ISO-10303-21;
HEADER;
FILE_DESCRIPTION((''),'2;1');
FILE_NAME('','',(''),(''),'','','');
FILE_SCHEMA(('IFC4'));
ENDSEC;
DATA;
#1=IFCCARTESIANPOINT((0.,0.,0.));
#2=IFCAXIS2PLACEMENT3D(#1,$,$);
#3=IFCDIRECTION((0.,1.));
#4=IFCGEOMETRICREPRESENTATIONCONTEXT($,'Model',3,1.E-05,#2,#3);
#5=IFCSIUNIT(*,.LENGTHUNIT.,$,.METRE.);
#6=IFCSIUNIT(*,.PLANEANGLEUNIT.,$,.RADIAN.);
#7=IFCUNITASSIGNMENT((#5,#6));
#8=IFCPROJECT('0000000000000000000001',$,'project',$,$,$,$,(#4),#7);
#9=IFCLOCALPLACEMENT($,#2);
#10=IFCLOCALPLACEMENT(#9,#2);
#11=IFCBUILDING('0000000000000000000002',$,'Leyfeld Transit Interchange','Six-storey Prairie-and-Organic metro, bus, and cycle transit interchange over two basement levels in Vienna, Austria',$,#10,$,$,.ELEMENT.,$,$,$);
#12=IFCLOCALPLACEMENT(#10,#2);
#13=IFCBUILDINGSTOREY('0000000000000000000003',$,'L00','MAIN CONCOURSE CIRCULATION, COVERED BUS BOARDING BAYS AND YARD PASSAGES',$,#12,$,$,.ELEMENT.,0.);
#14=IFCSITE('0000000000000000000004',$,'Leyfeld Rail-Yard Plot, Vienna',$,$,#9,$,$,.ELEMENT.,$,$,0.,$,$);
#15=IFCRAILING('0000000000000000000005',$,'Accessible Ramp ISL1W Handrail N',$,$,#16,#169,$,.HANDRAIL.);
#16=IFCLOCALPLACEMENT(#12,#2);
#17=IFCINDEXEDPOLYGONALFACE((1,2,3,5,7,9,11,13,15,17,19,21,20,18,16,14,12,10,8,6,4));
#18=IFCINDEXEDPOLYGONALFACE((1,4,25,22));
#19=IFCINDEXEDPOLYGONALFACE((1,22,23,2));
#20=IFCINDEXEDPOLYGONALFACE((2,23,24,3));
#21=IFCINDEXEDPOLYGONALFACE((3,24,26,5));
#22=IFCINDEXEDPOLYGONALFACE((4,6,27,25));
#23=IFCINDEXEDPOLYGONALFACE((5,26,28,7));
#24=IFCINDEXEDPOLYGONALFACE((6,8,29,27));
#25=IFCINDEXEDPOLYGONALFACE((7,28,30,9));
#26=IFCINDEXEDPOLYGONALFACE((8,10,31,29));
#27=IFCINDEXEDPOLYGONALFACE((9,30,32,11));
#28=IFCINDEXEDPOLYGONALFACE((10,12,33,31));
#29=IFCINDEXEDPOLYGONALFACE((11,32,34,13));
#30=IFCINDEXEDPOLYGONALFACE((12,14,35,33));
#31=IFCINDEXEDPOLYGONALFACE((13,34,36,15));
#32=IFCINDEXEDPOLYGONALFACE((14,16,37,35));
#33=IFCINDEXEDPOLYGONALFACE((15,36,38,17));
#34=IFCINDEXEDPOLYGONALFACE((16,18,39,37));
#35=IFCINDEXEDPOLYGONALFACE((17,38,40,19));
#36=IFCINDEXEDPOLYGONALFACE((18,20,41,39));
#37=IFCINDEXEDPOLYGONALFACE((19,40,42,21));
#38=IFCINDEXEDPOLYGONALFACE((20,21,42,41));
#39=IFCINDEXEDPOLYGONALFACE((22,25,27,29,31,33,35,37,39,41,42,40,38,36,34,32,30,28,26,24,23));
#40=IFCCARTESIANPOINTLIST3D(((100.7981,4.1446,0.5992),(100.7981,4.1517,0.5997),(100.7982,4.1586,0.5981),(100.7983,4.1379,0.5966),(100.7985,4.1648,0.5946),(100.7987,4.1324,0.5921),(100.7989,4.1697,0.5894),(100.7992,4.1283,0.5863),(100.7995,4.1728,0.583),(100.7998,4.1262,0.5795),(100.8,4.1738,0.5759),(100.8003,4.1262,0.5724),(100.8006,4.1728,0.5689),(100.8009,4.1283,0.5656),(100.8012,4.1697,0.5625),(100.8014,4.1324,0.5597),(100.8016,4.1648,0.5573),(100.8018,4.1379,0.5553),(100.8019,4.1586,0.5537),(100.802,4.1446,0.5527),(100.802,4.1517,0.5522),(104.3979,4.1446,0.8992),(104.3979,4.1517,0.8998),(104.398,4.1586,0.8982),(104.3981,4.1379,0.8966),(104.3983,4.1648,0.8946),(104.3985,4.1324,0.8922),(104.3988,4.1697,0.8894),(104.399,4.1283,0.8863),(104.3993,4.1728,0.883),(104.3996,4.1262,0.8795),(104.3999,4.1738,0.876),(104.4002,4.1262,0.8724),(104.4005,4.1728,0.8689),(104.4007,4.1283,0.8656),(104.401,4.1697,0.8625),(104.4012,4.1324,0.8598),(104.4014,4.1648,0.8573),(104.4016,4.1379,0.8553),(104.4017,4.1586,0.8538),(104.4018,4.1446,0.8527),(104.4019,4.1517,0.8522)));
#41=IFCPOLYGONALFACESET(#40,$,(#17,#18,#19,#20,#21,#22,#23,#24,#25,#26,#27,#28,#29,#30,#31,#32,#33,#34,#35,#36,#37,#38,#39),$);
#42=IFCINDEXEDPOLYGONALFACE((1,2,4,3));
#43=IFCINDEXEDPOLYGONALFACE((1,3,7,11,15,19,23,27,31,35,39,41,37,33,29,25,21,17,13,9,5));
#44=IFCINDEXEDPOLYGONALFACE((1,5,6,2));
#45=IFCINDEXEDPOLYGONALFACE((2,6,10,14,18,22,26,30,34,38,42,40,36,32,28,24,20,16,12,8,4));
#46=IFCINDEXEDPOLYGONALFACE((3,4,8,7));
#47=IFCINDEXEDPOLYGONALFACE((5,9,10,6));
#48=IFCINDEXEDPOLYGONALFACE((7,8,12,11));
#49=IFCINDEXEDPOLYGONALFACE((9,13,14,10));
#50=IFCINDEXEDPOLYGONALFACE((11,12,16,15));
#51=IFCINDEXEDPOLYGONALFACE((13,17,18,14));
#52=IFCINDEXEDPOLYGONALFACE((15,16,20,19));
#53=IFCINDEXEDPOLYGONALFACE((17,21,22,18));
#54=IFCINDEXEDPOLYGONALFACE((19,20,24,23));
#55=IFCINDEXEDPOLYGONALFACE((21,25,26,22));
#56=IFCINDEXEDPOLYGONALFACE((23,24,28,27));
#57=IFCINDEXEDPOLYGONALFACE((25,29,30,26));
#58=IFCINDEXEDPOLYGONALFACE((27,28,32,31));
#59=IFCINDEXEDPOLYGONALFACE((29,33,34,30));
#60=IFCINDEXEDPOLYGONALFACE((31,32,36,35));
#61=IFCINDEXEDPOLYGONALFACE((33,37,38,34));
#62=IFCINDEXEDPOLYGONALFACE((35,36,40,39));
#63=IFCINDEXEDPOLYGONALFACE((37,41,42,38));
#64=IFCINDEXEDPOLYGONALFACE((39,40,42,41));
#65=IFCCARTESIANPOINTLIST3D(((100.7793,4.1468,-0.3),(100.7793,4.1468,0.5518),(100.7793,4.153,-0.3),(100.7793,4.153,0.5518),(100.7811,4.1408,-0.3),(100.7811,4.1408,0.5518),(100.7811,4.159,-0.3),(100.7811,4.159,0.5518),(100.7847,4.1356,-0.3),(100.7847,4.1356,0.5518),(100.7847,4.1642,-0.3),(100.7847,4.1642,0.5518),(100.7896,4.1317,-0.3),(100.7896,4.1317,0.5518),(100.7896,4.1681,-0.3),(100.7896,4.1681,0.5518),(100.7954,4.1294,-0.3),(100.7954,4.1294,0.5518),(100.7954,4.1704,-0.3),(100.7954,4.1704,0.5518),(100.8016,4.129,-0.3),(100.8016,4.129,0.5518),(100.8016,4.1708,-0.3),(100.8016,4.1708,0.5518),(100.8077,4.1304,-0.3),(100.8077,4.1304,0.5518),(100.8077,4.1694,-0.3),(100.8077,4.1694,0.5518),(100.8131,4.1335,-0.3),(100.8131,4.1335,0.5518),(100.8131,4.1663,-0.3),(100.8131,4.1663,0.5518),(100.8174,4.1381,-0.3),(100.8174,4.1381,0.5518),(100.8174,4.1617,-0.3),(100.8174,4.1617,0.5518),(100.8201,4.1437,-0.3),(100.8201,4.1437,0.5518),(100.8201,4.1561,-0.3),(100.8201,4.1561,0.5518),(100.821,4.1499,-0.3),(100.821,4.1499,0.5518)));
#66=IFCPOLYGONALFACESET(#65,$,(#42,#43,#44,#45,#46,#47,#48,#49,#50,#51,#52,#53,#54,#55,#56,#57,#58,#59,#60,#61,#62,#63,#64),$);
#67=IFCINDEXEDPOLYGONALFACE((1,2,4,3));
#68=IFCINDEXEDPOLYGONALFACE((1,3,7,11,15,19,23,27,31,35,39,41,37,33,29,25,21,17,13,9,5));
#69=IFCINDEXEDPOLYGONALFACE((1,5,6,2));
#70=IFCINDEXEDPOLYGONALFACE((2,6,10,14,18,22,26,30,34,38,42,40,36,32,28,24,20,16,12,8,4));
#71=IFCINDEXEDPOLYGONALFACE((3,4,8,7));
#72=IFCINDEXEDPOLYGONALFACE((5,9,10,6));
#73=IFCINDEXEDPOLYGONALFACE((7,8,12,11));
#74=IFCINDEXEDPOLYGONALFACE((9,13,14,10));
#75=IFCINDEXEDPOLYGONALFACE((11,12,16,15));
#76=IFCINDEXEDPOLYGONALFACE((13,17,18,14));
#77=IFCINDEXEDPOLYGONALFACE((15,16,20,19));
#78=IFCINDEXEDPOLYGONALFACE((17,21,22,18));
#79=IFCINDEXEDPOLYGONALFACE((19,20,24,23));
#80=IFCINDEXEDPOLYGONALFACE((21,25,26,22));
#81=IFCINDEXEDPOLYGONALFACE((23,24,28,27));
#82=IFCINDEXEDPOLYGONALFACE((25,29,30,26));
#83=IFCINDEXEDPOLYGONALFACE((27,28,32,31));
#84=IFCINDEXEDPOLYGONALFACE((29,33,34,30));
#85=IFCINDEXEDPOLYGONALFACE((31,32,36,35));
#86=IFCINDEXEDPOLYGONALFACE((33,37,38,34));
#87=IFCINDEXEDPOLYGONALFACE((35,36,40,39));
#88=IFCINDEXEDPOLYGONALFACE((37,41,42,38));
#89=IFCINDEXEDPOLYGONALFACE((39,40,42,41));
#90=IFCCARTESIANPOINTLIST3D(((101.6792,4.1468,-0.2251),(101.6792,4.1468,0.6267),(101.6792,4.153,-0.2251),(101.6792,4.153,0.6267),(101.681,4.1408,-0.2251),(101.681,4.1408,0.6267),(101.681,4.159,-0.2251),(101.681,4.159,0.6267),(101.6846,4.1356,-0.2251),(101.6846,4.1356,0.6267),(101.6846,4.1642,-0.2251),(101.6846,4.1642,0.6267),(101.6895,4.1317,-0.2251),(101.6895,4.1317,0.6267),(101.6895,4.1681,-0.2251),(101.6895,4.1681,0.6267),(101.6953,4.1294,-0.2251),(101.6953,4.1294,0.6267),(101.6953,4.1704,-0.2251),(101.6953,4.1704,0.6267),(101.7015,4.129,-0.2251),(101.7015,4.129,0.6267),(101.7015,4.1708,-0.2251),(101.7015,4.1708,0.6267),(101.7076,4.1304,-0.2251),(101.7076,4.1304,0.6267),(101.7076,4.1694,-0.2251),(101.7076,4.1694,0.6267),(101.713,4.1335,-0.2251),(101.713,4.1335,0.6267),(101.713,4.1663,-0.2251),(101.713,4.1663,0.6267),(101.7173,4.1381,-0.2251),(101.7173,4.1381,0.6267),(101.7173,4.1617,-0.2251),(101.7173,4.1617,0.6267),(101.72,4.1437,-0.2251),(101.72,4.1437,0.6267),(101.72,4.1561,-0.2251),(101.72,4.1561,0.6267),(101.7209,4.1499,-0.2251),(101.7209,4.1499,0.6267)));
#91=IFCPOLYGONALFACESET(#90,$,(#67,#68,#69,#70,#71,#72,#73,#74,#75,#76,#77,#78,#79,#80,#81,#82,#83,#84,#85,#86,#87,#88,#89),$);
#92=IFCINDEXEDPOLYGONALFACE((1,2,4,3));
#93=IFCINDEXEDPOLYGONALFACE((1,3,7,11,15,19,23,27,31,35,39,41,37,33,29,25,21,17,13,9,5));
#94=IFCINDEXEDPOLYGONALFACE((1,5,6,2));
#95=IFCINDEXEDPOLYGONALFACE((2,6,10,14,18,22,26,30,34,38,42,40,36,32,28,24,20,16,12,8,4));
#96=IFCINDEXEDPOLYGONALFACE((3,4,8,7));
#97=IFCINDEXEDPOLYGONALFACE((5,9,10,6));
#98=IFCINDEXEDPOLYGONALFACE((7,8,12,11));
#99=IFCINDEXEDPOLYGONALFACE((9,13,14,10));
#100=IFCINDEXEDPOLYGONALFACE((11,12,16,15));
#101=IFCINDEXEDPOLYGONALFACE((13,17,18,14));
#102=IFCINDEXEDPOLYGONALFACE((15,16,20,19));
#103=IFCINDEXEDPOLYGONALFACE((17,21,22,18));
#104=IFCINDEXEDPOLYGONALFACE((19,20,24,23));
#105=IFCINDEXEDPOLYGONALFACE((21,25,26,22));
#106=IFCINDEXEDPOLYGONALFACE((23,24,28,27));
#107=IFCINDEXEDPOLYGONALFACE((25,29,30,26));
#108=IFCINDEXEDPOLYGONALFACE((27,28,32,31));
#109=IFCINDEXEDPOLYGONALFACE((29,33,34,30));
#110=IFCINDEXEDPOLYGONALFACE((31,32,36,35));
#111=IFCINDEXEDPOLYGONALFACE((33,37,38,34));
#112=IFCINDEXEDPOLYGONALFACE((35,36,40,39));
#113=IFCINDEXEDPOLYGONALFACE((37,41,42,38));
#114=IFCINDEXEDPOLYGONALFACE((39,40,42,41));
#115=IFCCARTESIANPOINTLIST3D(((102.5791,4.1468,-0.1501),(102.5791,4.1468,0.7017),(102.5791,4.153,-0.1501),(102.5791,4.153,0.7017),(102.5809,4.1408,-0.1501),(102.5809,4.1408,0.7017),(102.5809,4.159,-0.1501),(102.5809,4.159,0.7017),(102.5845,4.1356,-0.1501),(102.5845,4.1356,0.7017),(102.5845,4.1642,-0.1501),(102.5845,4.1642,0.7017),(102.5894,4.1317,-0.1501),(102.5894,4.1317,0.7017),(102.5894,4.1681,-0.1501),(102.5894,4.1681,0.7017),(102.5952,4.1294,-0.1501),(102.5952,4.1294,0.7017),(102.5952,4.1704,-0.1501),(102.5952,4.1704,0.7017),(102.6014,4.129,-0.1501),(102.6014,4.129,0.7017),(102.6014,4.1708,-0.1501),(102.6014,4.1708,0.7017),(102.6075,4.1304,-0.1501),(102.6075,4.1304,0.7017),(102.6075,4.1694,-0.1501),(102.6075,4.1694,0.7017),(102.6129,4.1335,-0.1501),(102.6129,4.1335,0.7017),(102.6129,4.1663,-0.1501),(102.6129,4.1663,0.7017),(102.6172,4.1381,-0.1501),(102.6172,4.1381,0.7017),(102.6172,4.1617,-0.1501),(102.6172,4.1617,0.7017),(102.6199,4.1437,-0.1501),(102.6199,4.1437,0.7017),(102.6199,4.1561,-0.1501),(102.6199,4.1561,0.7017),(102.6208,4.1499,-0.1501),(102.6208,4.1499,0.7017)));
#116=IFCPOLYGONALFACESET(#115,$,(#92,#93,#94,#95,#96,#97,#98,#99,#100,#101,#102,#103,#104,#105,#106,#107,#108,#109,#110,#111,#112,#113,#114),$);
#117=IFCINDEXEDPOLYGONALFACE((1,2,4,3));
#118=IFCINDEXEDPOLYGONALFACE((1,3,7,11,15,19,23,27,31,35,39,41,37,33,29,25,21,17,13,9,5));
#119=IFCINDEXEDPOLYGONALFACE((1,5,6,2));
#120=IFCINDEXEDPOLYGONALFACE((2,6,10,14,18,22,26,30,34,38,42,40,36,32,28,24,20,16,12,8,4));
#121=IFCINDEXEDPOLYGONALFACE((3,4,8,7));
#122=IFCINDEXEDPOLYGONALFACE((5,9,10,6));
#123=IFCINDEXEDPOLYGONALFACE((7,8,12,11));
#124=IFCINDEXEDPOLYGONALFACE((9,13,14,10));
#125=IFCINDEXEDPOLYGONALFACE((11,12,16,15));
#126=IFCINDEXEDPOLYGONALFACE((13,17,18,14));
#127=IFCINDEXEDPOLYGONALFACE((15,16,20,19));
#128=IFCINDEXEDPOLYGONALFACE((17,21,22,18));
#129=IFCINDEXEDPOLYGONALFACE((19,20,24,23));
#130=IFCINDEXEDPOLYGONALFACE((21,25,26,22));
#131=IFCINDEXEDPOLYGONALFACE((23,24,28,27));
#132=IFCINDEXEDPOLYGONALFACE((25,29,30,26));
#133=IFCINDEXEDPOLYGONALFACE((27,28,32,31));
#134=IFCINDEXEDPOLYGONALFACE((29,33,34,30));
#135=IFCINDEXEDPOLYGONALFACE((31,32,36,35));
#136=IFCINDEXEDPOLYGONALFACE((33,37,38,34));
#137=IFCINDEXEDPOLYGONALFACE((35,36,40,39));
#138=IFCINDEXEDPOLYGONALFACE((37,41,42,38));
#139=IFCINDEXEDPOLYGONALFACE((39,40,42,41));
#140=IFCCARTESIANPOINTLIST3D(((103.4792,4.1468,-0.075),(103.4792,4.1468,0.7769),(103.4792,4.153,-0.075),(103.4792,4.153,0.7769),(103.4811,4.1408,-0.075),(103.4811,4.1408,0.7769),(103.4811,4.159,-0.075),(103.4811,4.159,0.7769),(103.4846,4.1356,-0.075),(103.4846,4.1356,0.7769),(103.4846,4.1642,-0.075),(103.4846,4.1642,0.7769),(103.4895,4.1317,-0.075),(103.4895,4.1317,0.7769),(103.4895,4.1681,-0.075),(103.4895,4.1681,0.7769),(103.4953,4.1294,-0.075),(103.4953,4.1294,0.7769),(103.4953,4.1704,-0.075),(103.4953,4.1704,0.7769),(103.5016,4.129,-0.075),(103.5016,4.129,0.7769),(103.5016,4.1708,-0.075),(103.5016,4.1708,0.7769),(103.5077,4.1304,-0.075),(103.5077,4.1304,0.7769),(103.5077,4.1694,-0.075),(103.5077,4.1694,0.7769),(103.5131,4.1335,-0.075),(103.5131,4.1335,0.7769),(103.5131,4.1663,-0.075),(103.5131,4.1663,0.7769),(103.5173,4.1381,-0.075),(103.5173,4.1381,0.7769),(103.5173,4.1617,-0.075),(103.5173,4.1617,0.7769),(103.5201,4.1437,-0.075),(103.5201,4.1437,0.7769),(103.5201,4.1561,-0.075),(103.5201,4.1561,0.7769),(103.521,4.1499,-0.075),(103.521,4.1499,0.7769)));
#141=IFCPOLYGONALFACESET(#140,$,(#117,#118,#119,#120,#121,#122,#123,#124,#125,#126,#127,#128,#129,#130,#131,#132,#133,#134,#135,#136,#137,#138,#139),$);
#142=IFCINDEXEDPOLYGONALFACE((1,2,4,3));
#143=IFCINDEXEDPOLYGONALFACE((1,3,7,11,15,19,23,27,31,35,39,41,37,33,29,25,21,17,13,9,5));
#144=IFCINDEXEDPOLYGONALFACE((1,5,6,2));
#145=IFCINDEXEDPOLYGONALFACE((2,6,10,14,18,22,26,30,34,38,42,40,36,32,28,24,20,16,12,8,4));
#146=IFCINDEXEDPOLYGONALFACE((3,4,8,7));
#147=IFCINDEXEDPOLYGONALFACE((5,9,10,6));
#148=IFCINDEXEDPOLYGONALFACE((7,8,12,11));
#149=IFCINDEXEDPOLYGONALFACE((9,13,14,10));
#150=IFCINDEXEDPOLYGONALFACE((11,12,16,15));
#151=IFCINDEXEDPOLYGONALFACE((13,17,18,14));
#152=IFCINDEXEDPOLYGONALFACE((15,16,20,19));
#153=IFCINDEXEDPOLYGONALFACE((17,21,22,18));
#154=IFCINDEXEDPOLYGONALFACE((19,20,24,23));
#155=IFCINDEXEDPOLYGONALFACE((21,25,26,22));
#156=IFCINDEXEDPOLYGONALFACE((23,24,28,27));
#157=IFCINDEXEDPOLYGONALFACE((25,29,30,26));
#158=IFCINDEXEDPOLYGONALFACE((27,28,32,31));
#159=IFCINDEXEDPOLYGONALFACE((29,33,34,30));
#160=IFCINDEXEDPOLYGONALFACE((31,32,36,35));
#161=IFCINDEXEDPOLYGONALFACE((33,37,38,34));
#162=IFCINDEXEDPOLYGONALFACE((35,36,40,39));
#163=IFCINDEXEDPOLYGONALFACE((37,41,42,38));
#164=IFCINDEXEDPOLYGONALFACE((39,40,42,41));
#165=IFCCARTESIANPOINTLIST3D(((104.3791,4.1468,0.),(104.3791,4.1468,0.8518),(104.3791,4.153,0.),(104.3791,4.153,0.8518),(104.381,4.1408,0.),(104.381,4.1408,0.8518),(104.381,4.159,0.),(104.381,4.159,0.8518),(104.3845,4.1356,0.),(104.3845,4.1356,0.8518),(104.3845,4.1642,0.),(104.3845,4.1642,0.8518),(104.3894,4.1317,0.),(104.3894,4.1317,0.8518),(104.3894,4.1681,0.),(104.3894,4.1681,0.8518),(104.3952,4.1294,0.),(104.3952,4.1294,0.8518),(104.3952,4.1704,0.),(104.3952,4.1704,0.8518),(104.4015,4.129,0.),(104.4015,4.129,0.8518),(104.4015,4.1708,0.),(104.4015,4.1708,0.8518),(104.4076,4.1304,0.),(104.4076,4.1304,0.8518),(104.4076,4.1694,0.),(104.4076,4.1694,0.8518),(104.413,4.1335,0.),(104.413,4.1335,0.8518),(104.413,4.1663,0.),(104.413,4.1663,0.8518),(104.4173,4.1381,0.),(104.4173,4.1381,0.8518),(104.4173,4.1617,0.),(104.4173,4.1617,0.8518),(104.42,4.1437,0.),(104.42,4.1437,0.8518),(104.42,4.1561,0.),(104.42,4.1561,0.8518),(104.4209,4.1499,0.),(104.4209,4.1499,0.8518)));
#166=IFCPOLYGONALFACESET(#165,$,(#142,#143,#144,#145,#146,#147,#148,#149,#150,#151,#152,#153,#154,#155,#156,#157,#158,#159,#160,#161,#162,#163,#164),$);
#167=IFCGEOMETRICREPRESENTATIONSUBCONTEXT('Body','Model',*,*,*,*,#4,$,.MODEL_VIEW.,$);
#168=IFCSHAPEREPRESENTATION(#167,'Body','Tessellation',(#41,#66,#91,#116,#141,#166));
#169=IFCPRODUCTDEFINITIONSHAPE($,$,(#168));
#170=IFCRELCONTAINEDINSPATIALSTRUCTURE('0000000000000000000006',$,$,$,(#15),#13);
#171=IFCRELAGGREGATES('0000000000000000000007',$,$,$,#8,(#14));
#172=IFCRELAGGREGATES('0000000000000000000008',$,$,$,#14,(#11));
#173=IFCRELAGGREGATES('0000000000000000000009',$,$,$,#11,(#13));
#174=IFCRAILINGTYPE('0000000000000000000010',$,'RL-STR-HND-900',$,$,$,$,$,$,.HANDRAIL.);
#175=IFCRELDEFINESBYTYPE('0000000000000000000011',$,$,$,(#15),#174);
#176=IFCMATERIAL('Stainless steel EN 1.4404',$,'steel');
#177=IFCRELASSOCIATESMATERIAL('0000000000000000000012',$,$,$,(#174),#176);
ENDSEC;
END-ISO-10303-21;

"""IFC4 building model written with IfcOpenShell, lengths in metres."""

from ifc_helpers import new_model, si_unit, direction, frame, origin, origin_2d, place, context, subcontext, project, spatial, circle, extrude, material, type_object, element, save


model = new_model("IFC4")

# Units and contexts
model_context = context("Model", 3, precision=1e-05, world=origin(), true_north=direction((0.0, 1.0)))
body_context = subcontext(model_context, "Body", "Model", "MODEL_VIEW")
ifc_project = project(units=[si_unit("LENGTHUNIT", "METRE"), si_unit("PLANEANGLEUNIT", "RADIAN")], contexts=[model_context])

# Site, building, storey
site_placement = place(None, origin())
site = spatial("IfcSite", under=ifc_project, at=site_placement, Name="Leyfeld Rail-Yard Plot, Vienna", CompositionType="ELEMENT", RefElevation=0.0)
building_placement = place(site_placement, origin())
building = spatial("IfcBuilding", under=site, at=building_placement, Name="Leyfeld Transit Interchange", Description="Six-storey Prairie-and-Organic metro, bus, and cycle transit interchange over two basement levels in Vienna, Austria", CompositionType="ELEMENT")
storey_placement = place(building_placement, origin())
storey = spatial("IfcBuildingStorey", under=building, at=storey_placement, Name="L00", Description="MAIN CONCOURSE CIRCULATION, COVERED BUS BOARDING BAYS AND YARD PASSAGES", CompositionType="ELEMENT", Elevation=0.0)

# Railing
ifc_material_1 = material(Name="Stainless steel EN 1.4404", Category="steel")
railing_type = type_object("IfcRailingType", Name="RL-STR-HND-900", PredefinedType="HANDRAIL", material=ifc_material_1)
railing_placement = place(storey_placement, frame((100.8, 4.1499, -0.3)))
element("IfcRailing", 1, at=railing_placement, inside=storey, type_object=railing_type, Name="Accessible Ramp ISL1W Handrail N", PredefinedType="HANDRAIL", context=body_context, shape_type="SweptSolid", body=[
    extrude(circle(Radius=0.0239, at=origin_2d()), frame((0.0, 0.0, 0.876), z_axis=(0.996544, 0.0, 0.083062), x_axis=(0.0, 1.0, 0.0)), (0.0, 0.0, 1.0), 3.6123),
    extrude(circle(Radius=0.021, at=origin_2d()), origin(), (0.0, 0.0, 1.0), 0.8518),
    extrude(circle(Radius=0.021, at=origin_2d()), frame((0.8999, 0.0, 0.075)), (0.0, 0.0, 1.0), 0.8518),
    extrude(circle(Radius=0.021, at=origin_2d()), frame((1.7998, 0.0, 0.1499)), (0.0, 0.0, 1.0), 0.8518),
    extrude(circle(Radius=0.021, at=origin_2d()), frame((2.7, 0.0, 0.2251)), (0.0, 0.0, 1.0), 0.8518),
    extrude(circle(Radius=0.021, at=origin_2d()), frame((3.5999, 0.0, 0.3)), (0.0, 0.0, 1.0), 0.8518),
])

save(model, "model.ifc")
